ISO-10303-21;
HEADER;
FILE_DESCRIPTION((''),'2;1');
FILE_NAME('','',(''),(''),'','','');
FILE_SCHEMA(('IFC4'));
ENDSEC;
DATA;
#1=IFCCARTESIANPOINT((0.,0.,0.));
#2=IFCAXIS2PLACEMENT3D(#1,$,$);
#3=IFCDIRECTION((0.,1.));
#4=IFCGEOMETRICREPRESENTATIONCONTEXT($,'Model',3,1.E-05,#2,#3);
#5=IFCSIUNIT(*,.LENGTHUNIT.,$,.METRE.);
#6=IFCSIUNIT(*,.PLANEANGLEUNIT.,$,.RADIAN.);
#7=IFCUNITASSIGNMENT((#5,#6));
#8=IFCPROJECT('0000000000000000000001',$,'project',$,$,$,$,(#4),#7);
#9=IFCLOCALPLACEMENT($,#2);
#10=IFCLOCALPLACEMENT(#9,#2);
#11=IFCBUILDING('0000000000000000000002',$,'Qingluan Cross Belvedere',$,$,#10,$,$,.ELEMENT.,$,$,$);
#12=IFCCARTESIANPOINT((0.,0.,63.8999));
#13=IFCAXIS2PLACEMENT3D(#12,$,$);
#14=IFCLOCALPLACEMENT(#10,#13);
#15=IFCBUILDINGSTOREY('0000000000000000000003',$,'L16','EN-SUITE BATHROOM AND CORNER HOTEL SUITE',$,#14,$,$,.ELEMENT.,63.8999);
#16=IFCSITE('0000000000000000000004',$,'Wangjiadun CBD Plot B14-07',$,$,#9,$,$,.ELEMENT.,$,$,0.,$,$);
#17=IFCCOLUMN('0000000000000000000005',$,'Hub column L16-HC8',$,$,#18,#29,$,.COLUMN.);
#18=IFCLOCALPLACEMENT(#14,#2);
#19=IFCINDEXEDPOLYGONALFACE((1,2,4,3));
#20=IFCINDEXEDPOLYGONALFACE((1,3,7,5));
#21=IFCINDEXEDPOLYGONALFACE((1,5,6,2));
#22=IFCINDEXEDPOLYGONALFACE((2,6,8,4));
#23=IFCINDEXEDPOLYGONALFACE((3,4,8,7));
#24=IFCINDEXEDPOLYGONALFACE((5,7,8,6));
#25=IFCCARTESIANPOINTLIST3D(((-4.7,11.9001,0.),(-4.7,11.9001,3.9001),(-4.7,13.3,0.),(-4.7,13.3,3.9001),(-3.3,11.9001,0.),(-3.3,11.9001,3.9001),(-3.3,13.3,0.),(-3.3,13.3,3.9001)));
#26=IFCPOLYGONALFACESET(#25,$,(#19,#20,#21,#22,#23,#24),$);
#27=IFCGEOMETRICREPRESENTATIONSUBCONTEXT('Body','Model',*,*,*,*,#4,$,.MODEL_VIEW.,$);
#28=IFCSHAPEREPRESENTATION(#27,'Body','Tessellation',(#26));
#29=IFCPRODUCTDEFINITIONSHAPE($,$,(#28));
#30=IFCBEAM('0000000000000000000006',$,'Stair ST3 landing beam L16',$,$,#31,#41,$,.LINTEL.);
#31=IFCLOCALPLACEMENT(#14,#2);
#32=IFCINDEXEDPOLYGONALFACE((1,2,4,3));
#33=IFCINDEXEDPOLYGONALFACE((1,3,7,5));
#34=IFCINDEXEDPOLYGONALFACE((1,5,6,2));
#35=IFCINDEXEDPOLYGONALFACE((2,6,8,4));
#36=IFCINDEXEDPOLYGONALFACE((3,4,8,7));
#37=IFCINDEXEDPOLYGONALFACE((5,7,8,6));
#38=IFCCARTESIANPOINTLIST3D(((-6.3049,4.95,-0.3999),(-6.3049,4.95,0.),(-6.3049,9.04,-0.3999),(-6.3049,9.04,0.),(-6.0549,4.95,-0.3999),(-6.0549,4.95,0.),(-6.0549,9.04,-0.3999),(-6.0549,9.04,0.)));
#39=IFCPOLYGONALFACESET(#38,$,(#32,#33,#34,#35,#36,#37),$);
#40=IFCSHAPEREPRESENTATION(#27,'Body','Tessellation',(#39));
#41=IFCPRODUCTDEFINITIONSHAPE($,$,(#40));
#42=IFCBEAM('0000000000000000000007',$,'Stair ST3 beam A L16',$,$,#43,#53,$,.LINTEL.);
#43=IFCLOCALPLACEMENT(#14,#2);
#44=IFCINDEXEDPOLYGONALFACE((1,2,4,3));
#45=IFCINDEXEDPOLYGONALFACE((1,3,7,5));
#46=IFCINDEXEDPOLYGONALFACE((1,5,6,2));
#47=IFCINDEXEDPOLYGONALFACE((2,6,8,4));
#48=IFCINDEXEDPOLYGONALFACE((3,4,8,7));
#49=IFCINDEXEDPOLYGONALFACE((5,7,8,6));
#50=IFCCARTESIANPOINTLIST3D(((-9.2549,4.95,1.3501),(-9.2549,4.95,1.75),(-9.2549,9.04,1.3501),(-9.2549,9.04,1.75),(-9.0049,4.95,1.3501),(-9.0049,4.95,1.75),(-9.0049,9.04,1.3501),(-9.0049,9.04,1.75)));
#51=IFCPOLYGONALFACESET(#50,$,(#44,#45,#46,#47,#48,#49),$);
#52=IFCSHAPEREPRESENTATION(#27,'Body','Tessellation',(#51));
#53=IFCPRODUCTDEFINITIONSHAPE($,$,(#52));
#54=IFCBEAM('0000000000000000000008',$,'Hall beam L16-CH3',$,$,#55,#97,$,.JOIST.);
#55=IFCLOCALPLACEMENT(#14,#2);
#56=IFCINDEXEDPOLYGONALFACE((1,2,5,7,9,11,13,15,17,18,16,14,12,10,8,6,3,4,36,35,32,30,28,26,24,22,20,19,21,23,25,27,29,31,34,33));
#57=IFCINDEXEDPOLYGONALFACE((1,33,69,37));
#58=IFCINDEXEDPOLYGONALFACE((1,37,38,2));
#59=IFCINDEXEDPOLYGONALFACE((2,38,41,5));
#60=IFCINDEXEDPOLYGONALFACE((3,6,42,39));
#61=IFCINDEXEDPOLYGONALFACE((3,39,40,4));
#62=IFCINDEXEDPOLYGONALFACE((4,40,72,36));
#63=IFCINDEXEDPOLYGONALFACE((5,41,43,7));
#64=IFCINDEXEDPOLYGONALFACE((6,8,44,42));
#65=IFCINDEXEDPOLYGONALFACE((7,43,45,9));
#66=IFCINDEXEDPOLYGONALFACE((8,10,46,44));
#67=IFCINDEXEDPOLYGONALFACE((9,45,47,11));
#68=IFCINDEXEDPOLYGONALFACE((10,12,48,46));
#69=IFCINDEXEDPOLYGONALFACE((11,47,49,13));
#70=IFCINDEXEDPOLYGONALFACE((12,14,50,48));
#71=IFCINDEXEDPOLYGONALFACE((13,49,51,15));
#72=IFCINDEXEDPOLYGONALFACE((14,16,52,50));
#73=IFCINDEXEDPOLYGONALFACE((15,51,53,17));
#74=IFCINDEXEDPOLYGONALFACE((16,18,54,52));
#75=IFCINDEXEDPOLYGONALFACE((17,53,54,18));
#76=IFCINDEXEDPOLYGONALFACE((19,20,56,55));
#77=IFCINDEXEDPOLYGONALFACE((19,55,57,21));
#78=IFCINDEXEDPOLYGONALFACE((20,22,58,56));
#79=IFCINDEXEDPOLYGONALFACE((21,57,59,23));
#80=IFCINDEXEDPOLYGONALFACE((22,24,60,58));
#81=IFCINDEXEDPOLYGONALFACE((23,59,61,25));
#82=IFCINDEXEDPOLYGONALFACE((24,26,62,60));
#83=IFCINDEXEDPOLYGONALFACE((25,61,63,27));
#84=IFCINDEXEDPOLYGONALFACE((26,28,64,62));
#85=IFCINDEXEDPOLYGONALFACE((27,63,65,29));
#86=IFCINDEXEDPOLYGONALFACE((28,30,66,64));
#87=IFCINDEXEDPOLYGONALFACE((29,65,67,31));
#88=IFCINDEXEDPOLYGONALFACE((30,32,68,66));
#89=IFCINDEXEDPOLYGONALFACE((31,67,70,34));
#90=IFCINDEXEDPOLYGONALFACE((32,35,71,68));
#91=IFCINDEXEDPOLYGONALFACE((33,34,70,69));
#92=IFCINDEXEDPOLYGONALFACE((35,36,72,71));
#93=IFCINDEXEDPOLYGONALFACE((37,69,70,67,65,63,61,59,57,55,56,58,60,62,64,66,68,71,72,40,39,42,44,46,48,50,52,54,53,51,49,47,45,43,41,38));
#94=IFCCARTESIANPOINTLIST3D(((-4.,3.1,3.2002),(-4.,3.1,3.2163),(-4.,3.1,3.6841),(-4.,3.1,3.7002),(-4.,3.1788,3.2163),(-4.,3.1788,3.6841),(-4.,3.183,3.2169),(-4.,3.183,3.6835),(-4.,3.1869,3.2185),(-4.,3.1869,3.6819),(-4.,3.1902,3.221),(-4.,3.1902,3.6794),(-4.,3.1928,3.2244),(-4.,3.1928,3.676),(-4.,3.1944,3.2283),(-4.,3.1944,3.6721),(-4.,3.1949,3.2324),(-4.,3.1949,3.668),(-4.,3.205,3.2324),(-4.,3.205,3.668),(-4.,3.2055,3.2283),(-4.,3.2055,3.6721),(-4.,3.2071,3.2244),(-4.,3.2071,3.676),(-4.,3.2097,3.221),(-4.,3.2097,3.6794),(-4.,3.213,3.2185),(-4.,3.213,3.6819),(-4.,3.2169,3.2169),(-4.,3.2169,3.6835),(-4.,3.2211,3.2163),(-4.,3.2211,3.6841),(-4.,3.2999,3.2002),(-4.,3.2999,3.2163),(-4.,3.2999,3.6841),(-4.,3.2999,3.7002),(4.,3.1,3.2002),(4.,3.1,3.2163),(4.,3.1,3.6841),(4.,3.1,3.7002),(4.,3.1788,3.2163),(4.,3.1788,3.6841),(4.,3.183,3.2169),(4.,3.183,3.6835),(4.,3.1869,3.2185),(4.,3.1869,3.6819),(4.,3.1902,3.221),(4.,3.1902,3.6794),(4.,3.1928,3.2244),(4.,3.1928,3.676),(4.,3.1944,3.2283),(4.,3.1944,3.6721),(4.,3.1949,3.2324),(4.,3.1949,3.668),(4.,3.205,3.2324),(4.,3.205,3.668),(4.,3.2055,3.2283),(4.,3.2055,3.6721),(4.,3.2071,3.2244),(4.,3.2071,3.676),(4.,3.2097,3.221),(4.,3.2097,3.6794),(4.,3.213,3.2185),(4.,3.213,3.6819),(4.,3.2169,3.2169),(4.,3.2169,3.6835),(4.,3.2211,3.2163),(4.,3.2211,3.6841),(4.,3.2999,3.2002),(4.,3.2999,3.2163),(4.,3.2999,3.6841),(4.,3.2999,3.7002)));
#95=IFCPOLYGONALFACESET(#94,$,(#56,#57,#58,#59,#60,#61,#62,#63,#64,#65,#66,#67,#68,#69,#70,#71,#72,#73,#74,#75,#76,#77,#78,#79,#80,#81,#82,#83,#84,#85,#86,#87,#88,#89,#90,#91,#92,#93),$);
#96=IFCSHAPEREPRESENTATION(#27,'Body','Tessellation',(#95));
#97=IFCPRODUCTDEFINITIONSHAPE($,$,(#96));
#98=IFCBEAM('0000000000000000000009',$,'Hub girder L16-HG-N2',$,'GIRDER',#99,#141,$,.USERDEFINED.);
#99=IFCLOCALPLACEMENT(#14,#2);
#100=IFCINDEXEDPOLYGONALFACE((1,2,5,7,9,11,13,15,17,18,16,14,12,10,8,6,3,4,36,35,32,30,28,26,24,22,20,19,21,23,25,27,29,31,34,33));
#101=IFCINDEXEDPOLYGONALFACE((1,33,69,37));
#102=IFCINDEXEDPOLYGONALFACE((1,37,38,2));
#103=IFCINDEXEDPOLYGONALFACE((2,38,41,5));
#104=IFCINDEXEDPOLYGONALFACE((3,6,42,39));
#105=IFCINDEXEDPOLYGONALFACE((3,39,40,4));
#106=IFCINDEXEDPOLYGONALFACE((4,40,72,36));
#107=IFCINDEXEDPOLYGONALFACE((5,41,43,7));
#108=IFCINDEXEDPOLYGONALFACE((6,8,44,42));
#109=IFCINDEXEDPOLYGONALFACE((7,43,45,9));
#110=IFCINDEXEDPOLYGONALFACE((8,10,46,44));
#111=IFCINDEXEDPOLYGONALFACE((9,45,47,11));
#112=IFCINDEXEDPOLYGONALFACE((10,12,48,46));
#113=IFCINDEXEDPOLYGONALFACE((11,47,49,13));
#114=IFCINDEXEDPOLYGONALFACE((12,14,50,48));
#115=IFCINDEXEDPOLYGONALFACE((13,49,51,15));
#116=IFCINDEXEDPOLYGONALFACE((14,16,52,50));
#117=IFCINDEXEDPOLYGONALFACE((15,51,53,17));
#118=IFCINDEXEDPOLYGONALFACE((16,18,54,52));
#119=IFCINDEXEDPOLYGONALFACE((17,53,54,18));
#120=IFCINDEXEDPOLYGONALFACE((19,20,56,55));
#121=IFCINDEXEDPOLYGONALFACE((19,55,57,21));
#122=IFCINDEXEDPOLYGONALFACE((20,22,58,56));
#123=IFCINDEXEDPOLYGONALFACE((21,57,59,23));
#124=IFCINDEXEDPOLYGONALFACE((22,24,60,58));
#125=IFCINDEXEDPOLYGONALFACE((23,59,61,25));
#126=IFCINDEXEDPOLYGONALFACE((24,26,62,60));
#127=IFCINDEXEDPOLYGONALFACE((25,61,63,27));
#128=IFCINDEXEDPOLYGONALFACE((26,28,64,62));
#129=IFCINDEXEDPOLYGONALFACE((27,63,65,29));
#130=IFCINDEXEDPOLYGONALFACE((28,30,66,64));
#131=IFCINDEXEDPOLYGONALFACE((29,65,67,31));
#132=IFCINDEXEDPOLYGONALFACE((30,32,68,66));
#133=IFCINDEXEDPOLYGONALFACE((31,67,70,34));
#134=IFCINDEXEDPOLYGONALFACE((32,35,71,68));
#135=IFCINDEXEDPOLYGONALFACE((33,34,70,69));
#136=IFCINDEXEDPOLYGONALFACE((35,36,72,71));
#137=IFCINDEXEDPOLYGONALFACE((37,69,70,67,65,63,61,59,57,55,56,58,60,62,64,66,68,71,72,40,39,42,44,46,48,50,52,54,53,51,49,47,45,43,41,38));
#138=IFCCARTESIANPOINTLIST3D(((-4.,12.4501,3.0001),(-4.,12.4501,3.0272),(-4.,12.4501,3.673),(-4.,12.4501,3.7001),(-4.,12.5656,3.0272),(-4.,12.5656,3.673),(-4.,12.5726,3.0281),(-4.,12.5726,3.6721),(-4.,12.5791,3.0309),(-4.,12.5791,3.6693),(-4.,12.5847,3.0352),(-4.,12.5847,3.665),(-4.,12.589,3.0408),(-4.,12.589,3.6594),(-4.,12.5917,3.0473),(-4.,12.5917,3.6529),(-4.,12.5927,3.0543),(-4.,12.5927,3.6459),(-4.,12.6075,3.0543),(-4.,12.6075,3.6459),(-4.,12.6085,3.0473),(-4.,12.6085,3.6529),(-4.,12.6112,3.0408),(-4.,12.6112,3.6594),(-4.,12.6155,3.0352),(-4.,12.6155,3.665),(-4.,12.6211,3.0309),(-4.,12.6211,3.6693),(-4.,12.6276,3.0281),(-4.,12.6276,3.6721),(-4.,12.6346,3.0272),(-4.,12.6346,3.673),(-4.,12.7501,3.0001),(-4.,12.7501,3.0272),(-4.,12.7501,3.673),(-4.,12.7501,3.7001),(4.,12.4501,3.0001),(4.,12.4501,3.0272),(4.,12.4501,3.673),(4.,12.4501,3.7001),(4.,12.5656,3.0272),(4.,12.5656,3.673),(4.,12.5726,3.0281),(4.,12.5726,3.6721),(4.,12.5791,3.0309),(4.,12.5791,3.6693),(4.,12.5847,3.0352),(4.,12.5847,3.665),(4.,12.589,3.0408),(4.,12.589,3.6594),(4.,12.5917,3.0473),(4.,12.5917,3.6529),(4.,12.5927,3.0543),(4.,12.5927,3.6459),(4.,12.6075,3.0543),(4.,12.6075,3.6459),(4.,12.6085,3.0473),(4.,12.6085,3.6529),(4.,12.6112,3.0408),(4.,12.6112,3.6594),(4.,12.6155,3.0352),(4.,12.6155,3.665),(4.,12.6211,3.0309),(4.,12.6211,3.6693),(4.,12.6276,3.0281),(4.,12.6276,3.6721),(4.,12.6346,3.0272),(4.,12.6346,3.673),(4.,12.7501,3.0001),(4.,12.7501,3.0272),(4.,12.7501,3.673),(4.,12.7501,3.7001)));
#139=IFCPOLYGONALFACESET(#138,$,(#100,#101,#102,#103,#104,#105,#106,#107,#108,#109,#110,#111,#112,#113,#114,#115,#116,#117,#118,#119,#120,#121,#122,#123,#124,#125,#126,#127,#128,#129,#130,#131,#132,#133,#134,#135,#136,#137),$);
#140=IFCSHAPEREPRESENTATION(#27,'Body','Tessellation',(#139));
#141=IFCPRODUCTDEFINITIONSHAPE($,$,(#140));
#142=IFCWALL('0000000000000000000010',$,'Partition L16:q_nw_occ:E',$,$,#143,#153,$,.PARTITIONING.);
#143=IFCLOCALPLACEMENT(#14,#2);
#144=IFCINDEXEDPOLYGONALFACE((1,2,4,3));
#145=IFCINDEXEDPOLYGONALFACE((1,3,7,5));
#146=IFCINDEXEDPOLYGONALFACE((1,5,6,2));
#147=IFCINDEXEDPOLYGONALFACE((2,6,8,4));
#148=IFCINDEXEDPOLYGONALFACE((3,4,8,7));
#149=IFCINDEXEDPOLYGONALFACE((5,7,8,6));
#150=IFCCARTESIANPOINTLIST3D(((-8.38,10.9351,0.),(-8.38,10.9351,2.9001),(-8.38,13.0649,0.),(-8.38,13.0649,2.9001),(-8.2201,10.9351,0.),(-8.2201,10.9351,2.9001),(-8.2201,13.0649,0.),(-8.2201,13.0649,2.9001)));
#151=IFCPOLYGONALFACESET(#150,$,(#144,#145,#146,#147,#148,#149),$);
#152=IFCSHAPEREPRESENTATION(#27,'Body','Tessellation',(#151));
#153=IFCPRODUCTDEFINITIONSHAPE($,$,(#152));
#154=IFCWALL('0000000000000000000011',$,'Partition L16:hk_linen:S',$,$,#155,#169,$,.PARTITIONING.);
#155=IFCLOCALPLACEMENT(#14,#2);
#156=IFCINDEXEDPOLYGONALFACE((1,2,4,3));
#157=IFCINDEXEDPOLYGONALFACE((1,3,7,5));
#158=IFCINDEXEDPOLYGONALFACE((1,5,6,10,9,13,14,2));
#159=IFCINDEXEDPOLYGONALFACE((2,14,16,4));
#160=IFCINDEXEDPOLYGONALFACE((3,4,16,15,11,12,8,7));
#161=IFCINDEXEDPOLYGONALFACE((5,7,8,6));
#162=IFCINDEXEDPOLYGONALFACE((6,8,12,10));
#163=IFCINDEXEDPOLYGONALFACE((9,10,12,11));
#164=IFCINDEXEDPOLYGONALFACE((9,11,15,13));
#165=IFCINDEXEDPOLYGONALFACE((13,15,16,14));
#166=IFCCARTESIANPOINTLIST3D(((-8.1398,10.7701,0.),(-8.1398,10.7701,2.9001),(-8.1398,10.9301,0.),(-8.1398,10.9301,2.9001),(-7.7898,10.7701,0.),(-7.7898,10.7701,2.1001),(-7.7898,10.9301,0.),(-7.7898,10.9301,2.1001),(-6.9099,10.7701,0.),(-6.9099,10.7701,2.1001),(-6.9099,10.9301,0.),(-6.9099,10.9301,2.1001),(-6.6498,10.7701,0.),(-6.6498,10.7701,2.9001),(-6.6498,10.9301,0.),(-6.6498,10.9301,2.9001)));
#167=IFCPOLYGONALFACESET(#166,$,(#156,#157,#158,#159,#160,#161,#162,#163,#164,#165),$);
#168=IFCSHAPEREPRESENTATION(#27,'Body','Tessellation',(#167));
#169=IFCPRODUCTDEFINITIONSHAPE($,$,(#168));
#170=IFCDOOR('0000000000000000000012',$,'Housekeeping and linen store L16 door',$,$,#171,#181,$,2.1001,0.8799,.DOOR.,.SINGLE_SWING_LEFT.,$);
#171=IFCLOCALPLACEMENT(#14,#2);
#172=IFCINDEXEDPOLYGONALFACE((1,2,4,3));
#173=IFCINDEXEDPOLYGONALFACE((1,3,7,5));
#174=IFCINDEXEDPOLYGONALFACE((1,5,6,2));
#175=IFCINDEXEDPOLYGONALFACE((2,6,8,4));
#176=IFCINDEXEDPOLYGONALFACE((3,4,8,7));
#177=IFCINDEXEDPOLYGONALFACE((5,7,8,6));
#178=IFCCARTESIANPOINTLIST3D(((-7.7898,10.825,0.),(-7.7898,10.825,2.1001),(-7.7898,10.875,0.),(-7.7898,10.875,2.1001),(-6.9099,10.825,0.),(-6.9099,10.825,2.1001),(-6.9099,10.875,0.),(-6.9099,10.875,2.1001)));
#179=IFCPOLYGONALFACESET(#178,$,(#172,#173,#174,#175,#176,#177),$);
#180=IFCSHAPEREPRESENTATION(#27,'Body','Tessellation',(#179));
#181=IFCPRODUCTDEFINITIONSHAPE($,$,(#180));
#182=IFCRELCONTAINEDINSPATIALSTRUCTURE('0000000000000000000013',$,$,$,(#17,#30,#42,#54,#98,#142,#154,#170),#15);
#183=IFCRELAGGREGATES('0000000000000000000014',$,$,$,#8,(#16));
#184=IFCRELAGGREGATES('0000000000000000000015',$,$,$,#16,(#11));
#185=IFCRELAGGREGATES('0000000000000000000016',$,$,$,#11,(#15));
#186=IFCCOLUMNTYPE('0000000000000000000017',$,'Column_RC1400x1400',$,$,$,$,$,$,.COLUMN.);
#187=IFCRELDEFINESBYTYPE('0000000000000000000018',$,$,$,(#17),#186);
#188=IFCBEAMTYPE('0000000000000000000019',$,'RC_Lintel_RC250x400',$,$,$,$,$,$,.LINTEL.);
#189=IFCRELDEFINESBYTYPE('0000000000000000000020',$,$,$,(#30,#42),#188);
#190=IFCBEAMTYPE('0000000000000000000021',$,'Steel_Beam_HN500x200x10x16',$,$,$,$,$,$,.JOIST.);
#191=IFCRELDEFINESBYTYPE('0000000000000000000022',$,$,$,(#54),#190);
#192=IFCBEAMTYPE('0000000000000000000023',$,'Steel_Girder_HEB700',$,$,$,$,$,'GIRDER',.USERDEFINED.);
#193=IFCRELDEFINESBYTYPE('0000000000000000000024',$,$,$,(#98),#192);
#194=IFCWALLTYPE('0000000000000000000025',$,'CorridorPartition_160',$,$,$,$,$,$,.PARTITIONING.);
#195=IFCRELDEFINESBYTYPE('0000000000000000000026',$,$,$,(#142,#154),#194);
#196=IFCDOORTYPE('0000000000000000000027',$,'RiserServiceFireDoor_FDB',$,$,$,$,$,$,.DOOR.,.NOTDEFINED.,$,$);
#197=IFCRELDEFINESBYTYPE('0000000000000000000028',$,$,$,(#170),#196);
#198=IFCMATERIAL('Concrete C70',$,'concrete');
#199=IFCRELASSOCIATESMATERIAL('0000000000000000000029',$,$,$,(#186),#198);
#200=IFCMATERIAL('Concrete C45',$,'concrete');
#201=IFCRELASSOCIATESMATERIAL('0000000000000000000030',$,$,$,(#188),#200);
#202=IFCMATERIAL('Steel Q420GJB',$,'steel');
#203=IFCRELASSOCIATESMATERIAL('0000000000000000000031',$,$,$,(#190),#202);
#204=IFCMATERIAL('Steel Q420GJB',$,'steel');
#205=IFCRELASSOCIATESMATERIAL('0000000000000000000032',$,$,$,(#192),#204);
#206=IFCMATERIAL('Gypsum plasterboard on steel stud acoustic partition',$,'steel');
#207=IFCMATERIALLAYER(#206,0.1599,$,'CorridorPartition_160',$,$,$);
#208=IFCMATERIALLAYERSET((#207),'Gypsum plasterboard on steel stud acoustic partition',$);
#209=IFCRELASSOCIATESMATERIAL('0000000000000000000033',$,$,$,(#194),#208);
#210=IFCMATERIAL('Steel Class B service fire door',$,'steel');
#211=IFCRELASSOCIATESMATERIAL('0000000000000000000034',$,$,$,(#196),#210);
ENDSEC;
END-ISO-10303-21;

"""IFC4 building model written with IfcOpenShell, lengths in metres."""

from ifc_helpers import new_model, si_unit, direction, frame, frame_2d, origin, origin_2d, place, context, subcontext, project, spatial, rectangle, i_section, extrude, material, layer, layer_set, material_profile, profile_set, type_object, element, fill, save


model = new_model("IFC4")

# Units and contexts
model_context = context("Model", 3, precision=1e-05, world=origin(), true_north=direction((0.0, 1.0)))
body_context = subcontext(model_context, "Body", "Model", "MODEL_VIEW")
ifc_project = project(units=[si_unit("LENGTHUNIT", "METRE"), si_unit("PLANEANGLEUNIT", "RADIAN")], contexts=[model_context])

# Site, building, storey
site_placement = place(None, origin())
site = spatial("IfcSite", under=ifc_project, at=site_placement, Name="Wangjiadun CBD Plot B14-07", CompositionType="ELEMENT", RefElevation=0.0)
building_placement = place(site_placement, origin())
building = spatial("IfcBuilding", under=site, at=building_placement, Name="Qingluan Cross Belvedere", CompositionType="ELEMENT")
storey_placement = place(building_placement, frame((0.0, 0.0, 63.8999)))
storey = spatial("IfcBuildingStorey", under=building, at=storey_placement, Name="L16", Description="EN-SUITE BATHROOM AND CORNER HOTEL SUITE", CompositionType="ELEMENT", Elevation=63.8999)

# Column
ifc_material_1 = material(Name="Concrete C70", Category="concrete")
ifc_material_profile_1 = material_profile(ifc_material_1, rectangle(XDim=1.3999, YDim=1.3999, at=origin_2d()), Name="RC1400x1400")
ifc_profile_set_1 = profile_set([ifc_material_profile_1], Name="Concrete C70")
column_type = type_object("IfcColumnType", Name="Column_RC1400x1400", PredefinedType="COLUMN", material=ifc_profile_set_1)
column_placement = place(storey_placement, frame((-4.0, 12.6001, 0.0), z_axis=(0.0, 0.0, 1.0), x_axis=(1.0, 0.0, 0.0)))
element("IfcColumn", 1, at=column_placement, inside=storey, type_object=column_type, Name="Hub column L16-HC8", PredefinedType="COLUMN", context=body_context, shape_type="SweptSolid", body=[
    extrude(rectangle(XDim=1.3999, YDim=1.3999, at=origin_2d()), origin(), (0.0, 0.0, 1.0), 3.9001),
])

# Beams
ifc_material_2 = material(Name="Concrete C45", Category="concrete")
ifc_material_profile_2 = material_profile(ifc_material_2, rectangle(XDim=0.25, YDim=0.3999, at=origin_2d()), Name="RC250x400")
ifc_profile_set_2 = profile_set([ifc_material_profile_2], Name="Concrete C45")
beam_type_1 = type_object("IfcBeamType", Name="RC_Lintel_RC250x400", PredefinedType="LINTEL", material=ifc_profile_set_2)
for number, where, z_axis, x_axis, name in (
    (2, (-6.1799, 4.95, -0.2), (0.0, 1.0, 0.0), (-1.0, 0.0, 0.0), "Stair ST3 landing beam L16"),
    (3, (-9.1299, 4.95, 1.55), (0.0, 1.0, 0.0), (-1.0, 0.0, 0.0), "Stair ST3 beam A L16"),
):
    element("IfcBeam", number, at=place(storey_placement, frame(where, z_axis=z_axis, x_axis=x_axis)), inside=storey, type_object=beam_type_1, Name=name, PredefinedType="LINTEL", context=body_context, shape_type="SweptSolid", body=[
        extrude(rectangle(XDim=0.25, YDim=0.3999, at=origin_2d()), origin(), (0.0, 0.0, 1.0), 4.0901),
    ])
ifc_material_3 = material(Name="Steel Q420GJB", Category="steel")
ifc_material_profile_3 = material_profile(ifc_material_3, i_section(OverallWidth=0.2, OverallDepth=0.5, WebThickness=0.01, FlangeThickness=0.0161, FilletRadius=0.0161, at=origin_2d()), Name="HN500x200x10x16")
ifc_profile_set_3 = profile_set([ifc_material_profile_3], Name="Steel Q420GJB")
beam_type_2 = type_object("IfcBeamType", Name="Steel_Beam_HN500x200x10x16", PredefinedType="JOIST", material=ifc_profile_set_3)
beam_1_placement = place(storey_placement, frame((-4.0, 3.2, 3.4502), z_axis=(1.0, 0.0, 0.0), x_axis=(0.0, 1.0, 0.0)))
element("IfcBeam", 4, at=beam_1_placement, inside=storey, type_object=beam_type_2, Name="Hall beam L16-CH3", PredefinedType="JOIST", context=body_context, shape_type="SweptSolid", body=[
    extrude(i_section(OverallWidth=0.2, OverallDepth=0.5, WebThickness=0.01, FlangeThickness=0.0161, FilletRadius=0.0161, at=origin_2d()), origin(), (0.0, 0.0, 1.0), 8.0),
])
ifc_material_4 = material(Name="Steel Q420GJB", Category="steel")
ifc_material_profile_4 = material_profile(ifc_material_4, i_section(OverallWidth=0.3, OverallDepth=0.7, WebThickness=0.0149, FlangeThickness=0.0271, FilletRadius=0.0271, at=origin_2d()), Name="HEB700")
ifc_profile_set_4 = profile_set([ifc_material_profile_4], Name="Steel Q420GJB")
beam_type_3 = type_object("IfcBeamType", Name="Steel_Girder_HEB700", ElementType="GIRDER", PredefinedType="USERDEFINED", material=ifc_profile_set_4)
beam_2_placement = place(storey_placement, frame((-4.0, 12.6001, 3.3501), z_axis=(1.0, 0.0, 0.0), x_axis=(0.0, 1.0, 0.0)))
element("IfcBeam", 5, at=beam_2_placement, inside=storey, type_object=beam_type_3, Name="Hub girder L16-HG-N2", ObjectType="GIRDER", PredefinedType="USERDEFINED", context=body_context, shape_type="SweptSolid", body=[
    extrude(i_section(OverallWidth=0.3, OverallDepth=0.7, WebThickness=0.0149, FlangeThickness=0.0271, FilletRadius=0.0271, at=origin_2d()), origin(), (0.0, 0.0, 1.0), 8.0),
])

# Wall
ifc_material_5 = material(Name="Gypsum plasterboard on steel stud acoustic partition", Category="steel")
ifc_layer_1 = layer(ifc_material_5, 0.1599, Name="CorridorPartition_160")
ifc_layer_set_1 = layer_set([ifc_layer_1], Name="Gypsum plasterboard on steel stud acoustic partition")
wall_type_1 = type_object("IfcWallType", Name="CorridorPartition_160", PredefinedType="PARTITIONING", material=ifc_layer_set_1)
wall_1_placement = place(storey_placement, frame((-8.3, 10.9351, 0.0), z_axis=(0.0, 0.0, 1.0), x_axis=(0.0, 1.0, 0.0)))
element("IfcWall", 6, at=wall_1_placement, inside=storey, type_object=wall_type_1, Name="Partition L16:q_nw_occ:E", PredefinedType="PARTITIONING", context=body_context, shape_type="SweptSolid", body=[
    extrude(rectangle(XDim=2.1299, YDim=0.1599, at=frame_2d((1.0649, 0.0))), origin(), (0.0, 0.0, 1.0), 2.9001),
])

# Wall, opening, door
wall_2_placement = place(storey_placement, frame((-8.1399, 10.8501, 0.0), z_axis=(0.0, 0.0, 1.0), x_axis=(1.0, 0.0, 0.0)))
wall_2 = element("IfcWall", 7, at=wall_2_placement, inside=storey, type_object=wall_type_1, Name="Partition L16:hk_linen:S", PredefinedType="PARTITIONING", context=body_context, shape_type="SweptSolid", body=[
    extrude(rectangle(XDim=1.49, YDim=0.1599, at=frame_2d((0.7451, 0.0))), origin(), (0.0, 0.0, 1.0), 2.9001),
])
opening_1_placement = place(wall_2_placement, frame((0.3501, 0.0, 0.0)))
opening_1 = element("IfcOpeningElement", 8, at=opening_1_placement, cuts=wall_2, PredefinedType="OPENING", context=body_context, shape_type="SweptSolid", body=[
    extrude(rectangle(XDim=0.8799, YDim=2.1001, at=frame_2d((0.4399, 1.05))), frame((0.0, 0.0898, 0.0), z_axis=(0.0, -1.0, 0.0), x_axis=(1.0, 0.0, 0.0)), (0.0, 0.0, 1.0), 0.1799),
])
ifc_material_6 = material(Name="Steel Class B service fire door", Category="steel")
door_type_1 = type_object("IfcDoorType", Name="RiserServiceFireDoor_FDB", OperationType="NOTDEFINED", PredefinedType="DOOR", material=ifc_material_6)
door_1_placement = place(opening_1_placement, origin())
door_1 = element("IfcDoor", 9, at=door_1_placement, inside=storey, type_object=door_type_1, Name="Housekeeping and linen store L16 door", OperationType="SINGLE_SWING_LEFT", OverallHeight=2.1001, OverallWidth=0.8799, PredefinedType="DOOR", context=body_context, shape_type="SweptSolid", body=[
    extrude(rectangle(XDim=0.8799, YDim=2.1001, at=frame_2d((0.4399, 1.05))), frame((0.0, 0.0249, 0.0), z_axis=(0.0, -1.0, 0.0), x_axis=(1.0, 0.0, 0.0)), (0.0, 0.0, 1.0), 0.05),
])
fill(opening_1, door_1)

save(model, "model.ifc")
